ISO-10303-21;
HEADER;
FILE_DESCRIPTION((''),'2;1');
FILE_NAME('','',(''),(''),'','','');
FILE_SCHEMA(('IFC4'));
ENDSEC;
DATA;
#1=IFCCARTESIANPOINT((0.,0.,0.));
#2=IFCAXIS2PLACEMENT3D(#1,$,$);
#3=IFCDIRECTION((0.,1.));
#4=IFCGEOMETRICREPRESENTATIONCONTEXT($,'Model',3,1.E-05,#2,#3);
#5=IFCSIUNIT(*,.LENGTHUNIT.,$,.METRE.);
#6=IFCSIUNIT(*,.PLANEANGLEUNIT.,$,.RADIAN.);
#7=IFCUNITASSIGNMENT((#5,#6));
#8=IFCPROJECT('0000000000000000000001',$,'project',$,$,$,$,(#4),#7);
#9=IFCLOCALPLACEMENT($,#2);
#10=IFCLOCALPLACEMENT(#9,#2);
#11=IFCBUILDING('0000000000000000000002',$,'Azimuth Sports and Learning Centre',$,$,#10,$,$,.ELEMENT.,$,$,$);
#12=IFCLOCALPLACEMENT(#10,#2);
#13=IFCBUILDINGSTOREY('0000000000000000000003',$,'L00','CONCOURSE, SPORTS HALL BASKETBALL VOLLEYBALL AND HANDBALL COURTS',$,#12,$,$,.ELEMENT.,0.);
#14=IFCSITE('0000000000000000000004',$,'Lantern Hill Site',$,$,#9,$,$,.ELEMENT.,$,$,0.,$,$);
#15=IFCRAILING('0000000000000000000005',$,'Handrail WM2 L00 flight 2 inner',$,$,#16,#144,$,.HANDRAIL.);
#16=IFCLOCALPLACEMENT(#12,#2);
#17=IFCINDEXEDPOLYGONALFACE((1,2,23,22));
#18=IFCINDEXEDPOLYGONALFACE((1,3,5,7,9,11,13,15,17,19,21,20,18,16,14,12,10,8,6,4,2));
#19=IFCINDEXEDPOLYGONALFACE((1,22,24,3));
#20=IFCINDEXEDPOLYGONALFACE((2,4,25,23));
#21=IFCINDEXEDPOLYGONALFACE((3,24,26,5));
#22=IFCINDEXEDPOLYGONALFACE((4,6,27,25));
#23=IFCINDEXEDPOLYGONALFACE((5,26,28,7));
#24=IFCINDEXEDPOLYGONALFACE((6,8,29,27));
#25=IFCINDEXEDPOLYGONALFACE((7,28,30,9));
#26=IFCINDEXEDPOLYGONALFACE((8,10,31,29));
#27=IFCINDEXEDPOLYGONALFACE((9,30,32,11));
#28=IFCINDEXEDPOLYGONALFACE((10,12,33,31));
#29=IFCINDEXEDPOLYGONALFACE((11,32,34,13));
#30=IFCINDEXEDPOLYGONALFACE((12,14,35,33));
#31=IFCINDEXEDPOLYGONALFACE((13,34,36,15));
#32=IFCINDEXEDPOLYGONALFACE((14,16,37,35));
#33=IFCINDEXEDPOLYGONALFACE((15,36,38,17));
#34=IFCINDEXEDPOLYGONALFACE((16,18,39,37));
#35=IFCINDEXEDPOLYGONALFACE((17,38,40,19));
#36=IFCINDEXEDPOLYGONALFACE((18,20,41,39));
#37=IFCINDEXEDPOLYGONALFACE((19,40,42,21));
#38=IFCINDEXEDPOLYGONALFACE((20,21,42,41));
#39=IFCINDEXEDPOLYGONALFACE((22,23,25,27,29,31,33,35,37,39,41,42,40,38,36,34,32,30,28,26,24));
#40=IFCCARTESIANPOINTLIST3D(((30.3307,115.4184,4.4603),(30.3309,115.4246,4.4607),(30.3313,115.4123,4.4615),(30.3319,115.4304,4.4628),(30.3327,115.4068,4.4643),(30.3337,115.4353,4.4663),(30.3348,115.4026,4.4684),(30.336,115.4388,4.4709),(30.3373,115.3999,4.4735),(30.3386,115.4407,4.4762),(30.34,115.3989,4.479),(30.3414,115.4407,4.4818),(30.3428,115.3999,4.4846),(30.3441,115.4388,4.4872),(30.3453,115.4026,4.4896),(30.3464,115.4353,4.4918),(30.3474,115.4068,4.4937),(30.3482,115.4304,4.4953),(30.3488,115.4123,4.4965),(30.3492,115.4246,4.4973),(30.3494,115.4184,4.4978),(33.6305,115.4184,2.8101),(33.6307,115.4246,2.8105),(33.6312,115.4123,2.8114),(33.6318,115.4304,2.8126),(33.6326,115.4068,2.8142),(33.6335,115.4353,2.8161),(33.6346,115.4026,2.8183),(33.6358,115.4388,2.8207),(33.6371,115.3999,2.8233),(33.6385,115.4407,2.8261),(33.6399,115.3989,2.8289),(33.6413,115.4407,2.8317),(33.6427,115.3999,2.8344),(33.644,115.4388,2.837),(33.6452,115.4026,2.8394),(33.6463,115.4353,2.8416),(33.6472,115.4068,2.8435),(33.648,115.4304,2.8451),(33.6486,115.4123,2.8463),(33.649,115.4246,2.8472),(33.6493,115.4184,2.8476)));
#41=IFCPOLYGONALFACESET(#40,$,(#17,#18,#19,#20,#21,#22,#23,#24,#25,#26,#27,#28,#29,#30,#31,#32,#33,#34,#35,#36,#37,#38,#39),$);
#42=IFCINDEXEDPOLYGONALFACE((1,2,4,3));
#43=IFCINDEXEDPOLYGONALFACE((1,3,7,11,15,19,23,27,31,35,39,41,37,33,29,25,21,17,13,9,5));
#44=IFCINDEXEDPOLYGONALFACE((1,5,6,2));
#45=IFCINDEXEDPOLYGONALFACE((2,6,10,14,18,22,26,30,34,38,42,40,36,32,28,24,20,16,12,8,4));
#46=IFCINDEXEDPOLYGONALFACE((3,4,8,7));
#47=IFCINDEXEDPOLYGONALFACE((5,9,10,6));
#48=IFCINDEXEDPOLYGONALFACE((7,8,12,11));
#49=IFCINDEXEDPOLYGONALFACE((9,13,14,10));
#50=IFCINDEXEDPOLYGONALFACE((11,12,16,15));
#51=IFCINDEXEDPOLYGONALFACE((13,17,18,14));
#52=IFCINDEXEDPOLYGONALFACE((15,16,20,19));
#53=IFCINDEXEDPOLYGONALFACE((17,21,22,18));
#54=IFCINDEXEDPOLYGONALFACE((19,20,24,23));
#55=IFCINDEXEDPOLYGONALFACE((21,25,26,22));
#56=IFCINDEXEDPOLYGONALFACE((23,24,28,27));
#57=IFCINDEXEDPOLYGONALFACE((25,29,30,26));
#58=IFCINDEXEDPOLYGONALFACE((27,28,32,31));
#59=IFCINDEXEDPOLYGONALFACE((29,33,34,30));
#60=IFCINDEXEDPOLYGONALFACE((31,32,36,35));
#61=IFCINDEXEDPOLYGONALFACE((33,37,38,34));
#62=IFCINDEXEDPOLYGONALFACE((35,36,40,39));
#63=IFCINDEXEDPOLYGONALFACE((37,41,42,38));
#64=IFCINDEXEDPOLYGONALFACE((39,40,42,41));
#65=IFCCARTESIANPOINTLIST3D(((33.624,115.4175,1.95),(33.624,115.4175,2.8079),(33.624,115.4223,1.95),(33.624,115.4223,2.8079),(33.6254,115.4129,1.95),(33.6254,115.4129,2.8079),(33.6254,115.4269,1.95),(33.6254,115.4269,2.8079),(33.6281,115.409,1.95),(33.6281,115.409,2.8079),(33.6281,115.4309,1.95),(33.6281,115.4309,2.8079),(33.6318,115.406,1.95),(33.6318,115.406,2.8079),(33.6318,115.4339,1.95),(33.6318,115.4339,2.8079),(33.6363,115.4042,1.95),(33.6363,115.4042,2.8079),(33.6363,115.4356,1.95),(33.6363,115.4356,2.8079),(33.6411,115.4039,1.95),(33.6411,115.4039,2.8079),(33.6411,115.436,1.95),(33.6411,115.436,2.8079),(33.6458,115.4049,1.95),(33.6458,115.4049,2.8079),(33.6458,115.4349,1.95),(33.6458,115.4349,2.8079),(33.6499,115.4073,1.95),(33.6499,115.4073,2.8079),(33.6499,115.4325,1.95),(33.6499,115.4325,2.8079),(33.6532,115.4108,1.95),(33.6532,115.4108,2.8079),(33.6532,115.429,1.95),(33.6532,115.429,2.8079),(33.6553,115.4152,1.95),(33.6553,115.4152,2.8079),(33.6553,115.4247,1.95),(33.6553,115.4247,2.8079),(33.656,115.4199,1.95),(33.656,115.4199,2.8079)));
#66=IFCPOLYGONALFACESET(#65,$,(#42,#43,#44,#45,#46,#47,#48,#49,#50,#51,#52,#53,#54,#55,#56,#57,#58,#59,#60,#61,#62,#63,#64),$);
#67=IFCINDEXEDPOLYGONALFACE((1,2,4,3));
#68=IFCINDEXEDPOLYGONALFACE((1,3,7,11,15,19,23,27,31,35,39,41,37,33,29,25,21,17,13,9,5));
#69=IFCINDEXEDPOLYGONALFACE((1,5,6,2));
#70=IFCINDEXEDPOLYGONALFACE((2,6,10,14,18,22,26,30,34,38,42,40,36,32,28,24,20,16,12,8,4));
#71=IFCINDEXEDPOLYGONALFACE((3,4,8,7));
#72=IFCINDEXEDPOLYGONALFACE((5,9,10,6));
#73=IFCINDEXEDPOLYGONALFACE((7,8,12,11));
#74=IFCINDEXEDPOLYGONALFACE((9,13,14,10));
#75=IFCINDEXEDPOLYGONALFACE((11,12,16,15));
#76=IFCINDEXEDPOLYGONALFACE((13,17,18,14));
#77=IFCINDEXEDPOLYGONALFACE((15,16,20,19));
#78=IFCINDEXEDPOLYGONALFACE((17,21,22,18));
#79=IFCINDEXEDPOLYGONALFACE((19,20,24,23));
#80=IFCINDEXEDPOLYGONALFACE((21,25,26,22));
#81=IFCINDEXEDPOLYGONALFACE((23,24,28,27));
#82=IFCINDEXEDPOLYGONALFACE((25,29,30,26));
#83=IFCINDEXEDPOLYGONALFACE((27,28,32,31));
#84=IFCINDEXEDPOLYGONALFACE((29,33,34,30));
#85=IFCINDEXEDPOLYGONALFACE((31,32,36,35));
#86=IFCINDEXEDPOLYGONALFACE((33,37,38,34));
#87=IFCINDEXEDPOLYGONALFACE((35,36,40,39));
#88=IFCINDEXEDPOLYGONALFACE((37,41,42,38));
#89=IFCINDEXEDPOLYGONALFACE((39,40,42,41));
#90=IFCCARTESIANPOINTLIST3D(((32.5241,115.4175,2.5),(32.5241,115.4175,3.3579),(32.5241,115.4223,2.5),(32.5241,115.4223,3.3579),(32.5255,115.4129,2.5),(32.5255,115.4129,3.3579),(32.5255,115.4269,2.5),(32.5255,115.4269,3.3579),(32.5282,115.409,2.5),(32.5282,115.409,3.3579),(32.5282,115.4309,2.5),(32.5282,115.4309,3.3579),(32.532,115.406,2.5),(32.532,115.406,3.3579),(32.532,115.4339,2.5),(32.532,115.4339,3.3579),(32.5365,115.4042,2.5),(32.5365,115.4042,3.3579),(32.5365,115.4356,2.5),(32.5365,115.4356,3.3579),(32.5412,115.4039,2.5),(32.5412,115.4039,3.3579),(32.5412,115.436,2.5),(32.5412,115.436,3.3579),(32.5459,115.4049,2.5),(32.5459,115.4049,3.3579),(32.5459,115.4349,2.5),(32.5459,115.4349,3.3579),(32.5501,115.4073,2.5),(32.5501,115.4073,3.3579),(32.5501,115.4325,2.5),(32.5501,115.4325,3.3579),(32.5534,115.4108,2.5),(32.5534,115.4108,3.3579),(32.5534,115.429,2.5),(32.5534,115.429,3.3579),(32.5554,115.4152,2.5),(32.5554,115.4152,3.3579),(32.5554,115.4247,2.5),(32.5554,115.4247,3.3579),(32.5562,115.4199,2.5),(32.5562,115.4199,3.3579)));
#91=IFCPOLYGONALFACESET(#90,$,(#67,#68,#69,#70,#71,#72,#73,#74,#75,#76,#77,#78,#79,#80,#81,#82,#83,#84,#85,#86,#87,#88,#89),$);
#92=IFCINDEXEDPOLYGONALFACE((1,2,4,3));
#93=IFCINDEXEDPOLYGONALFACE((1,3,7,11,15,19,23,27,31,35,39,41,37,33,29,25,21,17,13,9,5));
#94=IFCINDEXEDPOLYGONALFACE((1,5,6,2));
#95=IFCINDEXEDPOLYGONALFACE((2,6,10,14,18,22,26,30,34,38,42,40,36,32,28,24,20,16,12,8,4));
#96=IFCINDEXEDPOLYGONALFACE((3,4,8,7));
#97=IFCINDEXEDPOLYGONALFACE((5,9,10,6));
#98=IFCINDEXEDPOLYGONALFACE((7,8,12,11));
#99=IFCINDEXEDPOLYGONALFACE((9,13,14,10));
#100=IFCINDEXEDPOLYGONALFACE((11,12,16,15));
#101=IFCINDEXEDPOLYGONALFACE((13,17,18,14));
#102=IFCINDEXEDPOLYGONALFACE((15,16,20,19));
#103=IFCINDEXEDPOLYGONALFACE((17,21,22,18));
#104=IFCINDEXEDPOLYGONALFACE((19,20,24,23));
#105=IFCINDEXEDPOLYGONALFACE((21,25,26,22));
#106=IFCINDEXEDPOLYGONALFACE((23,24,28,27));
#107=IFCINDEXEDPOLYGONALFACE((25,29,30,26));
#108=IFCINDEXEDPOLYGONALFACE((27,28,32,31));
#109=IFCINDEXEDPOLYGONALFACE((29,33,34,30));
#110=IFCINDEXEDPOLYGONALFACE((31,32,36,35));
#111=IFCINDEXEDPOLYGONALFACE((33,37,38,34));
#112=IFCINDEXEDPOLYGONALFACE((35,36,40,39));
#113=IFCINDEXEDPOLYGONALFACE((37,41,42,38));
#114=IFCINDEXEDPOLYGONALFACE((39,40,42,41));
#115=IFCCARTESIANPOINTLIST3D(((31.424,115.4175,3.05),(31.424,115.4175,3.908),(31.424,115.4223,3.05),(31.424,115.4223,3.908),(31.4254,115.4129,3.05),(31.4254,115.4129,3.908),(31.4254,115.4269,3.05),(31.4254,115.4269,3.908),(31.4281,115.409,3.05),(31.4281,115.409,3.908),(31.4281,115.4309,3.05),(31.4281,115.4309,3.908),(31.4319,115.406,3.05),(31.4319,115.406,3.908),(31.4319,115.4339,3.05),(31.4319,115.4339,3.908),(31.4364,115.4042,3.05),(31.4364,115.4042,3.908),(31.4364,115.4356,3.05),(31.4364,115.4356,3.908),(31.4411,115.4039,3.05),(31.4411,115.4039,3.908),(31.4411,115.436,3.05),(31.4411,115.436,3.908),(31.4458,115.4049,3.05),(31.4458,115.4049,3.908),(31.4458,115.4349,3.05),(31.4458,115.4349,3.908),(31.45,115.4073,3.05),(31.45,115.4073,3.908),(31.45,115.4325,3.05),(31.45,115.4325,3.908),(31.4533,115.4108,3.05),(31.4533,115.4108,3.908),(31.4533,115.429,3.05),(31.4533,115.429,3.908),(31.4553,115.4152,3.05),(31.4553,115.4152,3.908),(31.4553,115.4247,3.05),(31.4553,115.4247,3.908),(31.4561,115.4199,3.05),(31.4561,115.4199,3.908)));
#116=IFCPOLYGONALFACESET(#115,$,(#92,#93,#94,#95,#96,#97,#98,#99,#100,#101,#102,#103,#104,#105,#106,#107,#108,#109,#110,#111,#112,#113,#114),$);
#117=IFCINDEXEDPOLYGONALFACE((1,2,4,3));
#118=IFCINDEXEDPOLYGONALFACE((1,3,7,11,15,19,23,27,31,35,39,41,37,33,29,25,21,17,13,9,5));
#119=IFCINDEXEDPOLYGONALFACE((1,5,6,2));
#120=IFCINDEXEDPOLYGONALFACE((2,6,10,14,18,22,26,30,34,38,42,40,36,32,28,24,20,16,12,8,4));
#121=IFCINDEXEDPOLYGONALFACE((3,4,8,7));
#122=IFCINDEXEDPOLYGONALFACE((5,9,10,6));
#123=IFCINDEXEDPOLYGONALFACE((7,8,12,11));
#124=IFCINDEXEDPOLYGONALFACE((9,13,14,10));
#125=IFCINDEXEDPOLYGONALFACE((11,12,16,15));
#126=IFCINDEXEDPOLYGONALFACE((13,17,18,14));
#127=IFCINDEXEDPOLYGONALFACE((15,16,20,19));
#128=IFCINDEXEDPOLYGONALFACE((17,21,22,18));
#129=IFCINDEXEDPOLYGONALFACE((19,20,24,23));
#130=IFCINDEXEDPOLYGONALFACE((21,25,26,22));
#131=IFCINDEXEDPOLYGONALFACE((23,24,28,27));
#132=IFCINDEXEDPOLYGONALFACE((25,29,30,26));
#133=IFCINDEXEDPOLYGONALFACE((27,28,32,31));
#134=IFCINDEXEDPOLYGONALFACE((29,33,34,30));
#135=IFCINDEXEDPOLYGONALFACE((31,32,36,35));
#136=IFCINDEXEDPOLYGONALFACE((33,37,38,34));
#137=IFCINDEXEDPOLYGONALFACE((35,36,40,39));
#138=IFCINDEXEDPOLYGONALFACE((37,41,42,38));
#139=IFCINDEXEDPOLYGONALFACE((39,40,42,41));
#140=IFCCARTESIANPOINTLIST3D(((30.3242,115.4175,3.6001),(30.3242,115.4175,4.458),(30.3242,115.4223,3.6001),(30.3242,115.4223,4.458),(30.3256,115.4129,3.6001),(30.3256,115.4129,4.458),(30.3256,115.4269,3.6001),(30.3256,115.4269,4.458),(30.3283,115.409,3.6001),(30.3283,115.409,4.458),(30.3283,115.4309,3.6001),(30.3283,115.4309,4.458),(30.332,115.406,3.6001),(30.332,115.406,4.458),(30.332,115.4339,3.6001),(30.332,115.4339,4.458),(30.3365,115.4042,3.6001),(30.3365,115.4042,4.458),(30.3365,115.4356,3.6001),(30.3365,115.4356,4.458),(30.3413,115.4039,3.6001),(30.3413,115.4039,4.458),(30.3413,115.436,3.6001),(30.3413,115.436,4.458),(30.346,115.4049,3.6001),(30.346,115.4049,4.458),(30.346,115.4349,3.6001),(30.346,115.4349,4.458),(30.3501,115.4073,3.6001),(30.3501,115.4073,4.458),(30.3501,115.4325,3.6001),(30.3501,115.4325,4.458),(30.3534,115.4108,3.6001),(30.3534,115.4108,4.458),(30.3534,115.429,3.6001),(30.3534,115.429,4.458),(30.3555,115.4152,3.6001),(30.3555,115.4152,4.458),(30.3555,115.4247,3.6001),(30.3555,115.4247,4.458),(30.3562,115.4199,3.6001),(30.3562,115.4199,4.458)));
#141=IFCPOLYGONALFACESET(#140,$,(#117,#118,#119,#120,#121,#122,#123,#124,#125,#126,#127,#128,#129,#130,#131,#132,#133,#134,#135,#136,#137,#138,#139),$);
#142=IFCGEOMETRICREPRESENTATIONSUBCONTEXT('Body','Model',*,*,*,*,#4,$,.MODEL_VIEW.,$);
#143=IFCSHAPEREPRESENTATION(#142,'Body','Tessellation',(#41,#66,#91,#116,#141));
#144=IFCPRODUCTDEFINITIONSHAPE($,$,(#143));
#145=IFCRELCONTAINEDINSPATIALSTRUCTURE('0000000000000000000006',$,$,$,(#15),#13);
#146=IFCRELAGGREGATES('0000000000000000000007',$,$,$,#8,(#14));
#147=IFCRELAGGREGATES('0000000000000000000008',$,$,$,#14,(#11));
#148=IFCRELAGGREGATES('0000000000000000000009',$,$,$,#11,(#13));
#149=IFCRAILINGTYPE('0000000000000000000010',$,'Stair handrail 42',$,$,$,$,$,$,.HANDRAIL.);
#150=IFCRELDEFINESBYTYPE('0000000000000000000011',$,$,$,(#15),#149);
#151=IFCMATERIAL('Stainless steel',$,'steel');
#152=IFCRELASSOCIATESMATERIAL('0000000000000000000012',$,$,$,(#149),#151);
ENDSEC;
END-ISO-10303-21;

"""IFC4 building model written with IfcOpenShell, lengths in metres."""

from ifc_helpers import new_model, si_unit, direction, frame, origin, origin_2d, place, context, subcontext, project, spatial, circle, extrude, material, type_object, element, save


model = new_model("IFC4")

# Units and contexts
model_context = context("Model", 3, precision=1e-05, world=origin(), true_north=direction((0.0, 1.0)))
body_context = subcontext(model_context, "Body", "Model", "MODEL_VIEW")
ifc_project = project(units=[si_unit("LENGTHUNIT", "METRE"), si_unit("PLANEANGLEUNIT", "RADIAN")], contexts=[model_context])

# Site, building, storey
site_placement = place(None, origin())
site = spatial("IfcSite", under=ifc_project, at=site_placement, Name="Lantern Hill Site", CompositionType="ELEMENT", RefElevation=0.0)
building_placement = place(site_placement, origin())
building = spatial("IfcBuilding", under=site, at=building_placement, Name="Azimuth Sports and Learning Centre", CompositionType="ELEMENT")
storey_placement = place(building_placement, origin())
storey = spatial("IfcBuildingStorey", under=building, at=storey_placement, Name="L00", Description="CONCOURSE, SPORTS HALL BASKETBALL VOLLEYBALL AND HANDBALL COURTS", CompositionType="ELEMENT", Elevation=0.0)

# Railing
ifc_material_1 = material(Name="Stainless steel", Category="steel")
railing_type = type_object("IfcRailingType", Name="Stair handrail 42", PredefinedType="HANDRAIL", material=ifc_material_1)
for number, where, name in (
    (1, (33.6399, 115.4199, 1.95), "Handrail WM2 L00 flight 2 inner"),
):
    element("IfcRailing", number, at=place(storey_placement, frame(where)), inside=storey, type_object=railing_type, Name=name, PredefinedType="HANDRAIL", context=body_context, shape_type="SweptSolid", body=[
        extrude(circle(Radius=0.021, at=origin_2d()), frame((0.0, 0.0, 0.8789), z_axis=(-0.894401, 0.0, 0.447267), x_axis=(0.0, -1.0, 0.0)), (0.0, 0.0, 1.0), 3.6895),
        extrude(circle(Radius=0.0161, at=origin_2d()), origin(), (0.0, 0.0, 1.0), 0.8579),
        extrude(circle(Radius=0.0161, at=origin_2d()), frame((-1.0999, 0.0, 0.55)), (0.0, 0.0, 1.0), 0.8579),
        extrude(circle(Radius=0.0161, at=origin_2d()), frame((-2.2, 0.0, 1.1001)), (0.0, 0.0, 1.0), 0.8579),
        extrude(circle(Radius=0.0161, at=origin_2d()), frame((-3.2998, 0.0, 1.6501)), (0.0, 0.0, 1.0), 0.8579),
    ])

save(model, "model.ifc")
